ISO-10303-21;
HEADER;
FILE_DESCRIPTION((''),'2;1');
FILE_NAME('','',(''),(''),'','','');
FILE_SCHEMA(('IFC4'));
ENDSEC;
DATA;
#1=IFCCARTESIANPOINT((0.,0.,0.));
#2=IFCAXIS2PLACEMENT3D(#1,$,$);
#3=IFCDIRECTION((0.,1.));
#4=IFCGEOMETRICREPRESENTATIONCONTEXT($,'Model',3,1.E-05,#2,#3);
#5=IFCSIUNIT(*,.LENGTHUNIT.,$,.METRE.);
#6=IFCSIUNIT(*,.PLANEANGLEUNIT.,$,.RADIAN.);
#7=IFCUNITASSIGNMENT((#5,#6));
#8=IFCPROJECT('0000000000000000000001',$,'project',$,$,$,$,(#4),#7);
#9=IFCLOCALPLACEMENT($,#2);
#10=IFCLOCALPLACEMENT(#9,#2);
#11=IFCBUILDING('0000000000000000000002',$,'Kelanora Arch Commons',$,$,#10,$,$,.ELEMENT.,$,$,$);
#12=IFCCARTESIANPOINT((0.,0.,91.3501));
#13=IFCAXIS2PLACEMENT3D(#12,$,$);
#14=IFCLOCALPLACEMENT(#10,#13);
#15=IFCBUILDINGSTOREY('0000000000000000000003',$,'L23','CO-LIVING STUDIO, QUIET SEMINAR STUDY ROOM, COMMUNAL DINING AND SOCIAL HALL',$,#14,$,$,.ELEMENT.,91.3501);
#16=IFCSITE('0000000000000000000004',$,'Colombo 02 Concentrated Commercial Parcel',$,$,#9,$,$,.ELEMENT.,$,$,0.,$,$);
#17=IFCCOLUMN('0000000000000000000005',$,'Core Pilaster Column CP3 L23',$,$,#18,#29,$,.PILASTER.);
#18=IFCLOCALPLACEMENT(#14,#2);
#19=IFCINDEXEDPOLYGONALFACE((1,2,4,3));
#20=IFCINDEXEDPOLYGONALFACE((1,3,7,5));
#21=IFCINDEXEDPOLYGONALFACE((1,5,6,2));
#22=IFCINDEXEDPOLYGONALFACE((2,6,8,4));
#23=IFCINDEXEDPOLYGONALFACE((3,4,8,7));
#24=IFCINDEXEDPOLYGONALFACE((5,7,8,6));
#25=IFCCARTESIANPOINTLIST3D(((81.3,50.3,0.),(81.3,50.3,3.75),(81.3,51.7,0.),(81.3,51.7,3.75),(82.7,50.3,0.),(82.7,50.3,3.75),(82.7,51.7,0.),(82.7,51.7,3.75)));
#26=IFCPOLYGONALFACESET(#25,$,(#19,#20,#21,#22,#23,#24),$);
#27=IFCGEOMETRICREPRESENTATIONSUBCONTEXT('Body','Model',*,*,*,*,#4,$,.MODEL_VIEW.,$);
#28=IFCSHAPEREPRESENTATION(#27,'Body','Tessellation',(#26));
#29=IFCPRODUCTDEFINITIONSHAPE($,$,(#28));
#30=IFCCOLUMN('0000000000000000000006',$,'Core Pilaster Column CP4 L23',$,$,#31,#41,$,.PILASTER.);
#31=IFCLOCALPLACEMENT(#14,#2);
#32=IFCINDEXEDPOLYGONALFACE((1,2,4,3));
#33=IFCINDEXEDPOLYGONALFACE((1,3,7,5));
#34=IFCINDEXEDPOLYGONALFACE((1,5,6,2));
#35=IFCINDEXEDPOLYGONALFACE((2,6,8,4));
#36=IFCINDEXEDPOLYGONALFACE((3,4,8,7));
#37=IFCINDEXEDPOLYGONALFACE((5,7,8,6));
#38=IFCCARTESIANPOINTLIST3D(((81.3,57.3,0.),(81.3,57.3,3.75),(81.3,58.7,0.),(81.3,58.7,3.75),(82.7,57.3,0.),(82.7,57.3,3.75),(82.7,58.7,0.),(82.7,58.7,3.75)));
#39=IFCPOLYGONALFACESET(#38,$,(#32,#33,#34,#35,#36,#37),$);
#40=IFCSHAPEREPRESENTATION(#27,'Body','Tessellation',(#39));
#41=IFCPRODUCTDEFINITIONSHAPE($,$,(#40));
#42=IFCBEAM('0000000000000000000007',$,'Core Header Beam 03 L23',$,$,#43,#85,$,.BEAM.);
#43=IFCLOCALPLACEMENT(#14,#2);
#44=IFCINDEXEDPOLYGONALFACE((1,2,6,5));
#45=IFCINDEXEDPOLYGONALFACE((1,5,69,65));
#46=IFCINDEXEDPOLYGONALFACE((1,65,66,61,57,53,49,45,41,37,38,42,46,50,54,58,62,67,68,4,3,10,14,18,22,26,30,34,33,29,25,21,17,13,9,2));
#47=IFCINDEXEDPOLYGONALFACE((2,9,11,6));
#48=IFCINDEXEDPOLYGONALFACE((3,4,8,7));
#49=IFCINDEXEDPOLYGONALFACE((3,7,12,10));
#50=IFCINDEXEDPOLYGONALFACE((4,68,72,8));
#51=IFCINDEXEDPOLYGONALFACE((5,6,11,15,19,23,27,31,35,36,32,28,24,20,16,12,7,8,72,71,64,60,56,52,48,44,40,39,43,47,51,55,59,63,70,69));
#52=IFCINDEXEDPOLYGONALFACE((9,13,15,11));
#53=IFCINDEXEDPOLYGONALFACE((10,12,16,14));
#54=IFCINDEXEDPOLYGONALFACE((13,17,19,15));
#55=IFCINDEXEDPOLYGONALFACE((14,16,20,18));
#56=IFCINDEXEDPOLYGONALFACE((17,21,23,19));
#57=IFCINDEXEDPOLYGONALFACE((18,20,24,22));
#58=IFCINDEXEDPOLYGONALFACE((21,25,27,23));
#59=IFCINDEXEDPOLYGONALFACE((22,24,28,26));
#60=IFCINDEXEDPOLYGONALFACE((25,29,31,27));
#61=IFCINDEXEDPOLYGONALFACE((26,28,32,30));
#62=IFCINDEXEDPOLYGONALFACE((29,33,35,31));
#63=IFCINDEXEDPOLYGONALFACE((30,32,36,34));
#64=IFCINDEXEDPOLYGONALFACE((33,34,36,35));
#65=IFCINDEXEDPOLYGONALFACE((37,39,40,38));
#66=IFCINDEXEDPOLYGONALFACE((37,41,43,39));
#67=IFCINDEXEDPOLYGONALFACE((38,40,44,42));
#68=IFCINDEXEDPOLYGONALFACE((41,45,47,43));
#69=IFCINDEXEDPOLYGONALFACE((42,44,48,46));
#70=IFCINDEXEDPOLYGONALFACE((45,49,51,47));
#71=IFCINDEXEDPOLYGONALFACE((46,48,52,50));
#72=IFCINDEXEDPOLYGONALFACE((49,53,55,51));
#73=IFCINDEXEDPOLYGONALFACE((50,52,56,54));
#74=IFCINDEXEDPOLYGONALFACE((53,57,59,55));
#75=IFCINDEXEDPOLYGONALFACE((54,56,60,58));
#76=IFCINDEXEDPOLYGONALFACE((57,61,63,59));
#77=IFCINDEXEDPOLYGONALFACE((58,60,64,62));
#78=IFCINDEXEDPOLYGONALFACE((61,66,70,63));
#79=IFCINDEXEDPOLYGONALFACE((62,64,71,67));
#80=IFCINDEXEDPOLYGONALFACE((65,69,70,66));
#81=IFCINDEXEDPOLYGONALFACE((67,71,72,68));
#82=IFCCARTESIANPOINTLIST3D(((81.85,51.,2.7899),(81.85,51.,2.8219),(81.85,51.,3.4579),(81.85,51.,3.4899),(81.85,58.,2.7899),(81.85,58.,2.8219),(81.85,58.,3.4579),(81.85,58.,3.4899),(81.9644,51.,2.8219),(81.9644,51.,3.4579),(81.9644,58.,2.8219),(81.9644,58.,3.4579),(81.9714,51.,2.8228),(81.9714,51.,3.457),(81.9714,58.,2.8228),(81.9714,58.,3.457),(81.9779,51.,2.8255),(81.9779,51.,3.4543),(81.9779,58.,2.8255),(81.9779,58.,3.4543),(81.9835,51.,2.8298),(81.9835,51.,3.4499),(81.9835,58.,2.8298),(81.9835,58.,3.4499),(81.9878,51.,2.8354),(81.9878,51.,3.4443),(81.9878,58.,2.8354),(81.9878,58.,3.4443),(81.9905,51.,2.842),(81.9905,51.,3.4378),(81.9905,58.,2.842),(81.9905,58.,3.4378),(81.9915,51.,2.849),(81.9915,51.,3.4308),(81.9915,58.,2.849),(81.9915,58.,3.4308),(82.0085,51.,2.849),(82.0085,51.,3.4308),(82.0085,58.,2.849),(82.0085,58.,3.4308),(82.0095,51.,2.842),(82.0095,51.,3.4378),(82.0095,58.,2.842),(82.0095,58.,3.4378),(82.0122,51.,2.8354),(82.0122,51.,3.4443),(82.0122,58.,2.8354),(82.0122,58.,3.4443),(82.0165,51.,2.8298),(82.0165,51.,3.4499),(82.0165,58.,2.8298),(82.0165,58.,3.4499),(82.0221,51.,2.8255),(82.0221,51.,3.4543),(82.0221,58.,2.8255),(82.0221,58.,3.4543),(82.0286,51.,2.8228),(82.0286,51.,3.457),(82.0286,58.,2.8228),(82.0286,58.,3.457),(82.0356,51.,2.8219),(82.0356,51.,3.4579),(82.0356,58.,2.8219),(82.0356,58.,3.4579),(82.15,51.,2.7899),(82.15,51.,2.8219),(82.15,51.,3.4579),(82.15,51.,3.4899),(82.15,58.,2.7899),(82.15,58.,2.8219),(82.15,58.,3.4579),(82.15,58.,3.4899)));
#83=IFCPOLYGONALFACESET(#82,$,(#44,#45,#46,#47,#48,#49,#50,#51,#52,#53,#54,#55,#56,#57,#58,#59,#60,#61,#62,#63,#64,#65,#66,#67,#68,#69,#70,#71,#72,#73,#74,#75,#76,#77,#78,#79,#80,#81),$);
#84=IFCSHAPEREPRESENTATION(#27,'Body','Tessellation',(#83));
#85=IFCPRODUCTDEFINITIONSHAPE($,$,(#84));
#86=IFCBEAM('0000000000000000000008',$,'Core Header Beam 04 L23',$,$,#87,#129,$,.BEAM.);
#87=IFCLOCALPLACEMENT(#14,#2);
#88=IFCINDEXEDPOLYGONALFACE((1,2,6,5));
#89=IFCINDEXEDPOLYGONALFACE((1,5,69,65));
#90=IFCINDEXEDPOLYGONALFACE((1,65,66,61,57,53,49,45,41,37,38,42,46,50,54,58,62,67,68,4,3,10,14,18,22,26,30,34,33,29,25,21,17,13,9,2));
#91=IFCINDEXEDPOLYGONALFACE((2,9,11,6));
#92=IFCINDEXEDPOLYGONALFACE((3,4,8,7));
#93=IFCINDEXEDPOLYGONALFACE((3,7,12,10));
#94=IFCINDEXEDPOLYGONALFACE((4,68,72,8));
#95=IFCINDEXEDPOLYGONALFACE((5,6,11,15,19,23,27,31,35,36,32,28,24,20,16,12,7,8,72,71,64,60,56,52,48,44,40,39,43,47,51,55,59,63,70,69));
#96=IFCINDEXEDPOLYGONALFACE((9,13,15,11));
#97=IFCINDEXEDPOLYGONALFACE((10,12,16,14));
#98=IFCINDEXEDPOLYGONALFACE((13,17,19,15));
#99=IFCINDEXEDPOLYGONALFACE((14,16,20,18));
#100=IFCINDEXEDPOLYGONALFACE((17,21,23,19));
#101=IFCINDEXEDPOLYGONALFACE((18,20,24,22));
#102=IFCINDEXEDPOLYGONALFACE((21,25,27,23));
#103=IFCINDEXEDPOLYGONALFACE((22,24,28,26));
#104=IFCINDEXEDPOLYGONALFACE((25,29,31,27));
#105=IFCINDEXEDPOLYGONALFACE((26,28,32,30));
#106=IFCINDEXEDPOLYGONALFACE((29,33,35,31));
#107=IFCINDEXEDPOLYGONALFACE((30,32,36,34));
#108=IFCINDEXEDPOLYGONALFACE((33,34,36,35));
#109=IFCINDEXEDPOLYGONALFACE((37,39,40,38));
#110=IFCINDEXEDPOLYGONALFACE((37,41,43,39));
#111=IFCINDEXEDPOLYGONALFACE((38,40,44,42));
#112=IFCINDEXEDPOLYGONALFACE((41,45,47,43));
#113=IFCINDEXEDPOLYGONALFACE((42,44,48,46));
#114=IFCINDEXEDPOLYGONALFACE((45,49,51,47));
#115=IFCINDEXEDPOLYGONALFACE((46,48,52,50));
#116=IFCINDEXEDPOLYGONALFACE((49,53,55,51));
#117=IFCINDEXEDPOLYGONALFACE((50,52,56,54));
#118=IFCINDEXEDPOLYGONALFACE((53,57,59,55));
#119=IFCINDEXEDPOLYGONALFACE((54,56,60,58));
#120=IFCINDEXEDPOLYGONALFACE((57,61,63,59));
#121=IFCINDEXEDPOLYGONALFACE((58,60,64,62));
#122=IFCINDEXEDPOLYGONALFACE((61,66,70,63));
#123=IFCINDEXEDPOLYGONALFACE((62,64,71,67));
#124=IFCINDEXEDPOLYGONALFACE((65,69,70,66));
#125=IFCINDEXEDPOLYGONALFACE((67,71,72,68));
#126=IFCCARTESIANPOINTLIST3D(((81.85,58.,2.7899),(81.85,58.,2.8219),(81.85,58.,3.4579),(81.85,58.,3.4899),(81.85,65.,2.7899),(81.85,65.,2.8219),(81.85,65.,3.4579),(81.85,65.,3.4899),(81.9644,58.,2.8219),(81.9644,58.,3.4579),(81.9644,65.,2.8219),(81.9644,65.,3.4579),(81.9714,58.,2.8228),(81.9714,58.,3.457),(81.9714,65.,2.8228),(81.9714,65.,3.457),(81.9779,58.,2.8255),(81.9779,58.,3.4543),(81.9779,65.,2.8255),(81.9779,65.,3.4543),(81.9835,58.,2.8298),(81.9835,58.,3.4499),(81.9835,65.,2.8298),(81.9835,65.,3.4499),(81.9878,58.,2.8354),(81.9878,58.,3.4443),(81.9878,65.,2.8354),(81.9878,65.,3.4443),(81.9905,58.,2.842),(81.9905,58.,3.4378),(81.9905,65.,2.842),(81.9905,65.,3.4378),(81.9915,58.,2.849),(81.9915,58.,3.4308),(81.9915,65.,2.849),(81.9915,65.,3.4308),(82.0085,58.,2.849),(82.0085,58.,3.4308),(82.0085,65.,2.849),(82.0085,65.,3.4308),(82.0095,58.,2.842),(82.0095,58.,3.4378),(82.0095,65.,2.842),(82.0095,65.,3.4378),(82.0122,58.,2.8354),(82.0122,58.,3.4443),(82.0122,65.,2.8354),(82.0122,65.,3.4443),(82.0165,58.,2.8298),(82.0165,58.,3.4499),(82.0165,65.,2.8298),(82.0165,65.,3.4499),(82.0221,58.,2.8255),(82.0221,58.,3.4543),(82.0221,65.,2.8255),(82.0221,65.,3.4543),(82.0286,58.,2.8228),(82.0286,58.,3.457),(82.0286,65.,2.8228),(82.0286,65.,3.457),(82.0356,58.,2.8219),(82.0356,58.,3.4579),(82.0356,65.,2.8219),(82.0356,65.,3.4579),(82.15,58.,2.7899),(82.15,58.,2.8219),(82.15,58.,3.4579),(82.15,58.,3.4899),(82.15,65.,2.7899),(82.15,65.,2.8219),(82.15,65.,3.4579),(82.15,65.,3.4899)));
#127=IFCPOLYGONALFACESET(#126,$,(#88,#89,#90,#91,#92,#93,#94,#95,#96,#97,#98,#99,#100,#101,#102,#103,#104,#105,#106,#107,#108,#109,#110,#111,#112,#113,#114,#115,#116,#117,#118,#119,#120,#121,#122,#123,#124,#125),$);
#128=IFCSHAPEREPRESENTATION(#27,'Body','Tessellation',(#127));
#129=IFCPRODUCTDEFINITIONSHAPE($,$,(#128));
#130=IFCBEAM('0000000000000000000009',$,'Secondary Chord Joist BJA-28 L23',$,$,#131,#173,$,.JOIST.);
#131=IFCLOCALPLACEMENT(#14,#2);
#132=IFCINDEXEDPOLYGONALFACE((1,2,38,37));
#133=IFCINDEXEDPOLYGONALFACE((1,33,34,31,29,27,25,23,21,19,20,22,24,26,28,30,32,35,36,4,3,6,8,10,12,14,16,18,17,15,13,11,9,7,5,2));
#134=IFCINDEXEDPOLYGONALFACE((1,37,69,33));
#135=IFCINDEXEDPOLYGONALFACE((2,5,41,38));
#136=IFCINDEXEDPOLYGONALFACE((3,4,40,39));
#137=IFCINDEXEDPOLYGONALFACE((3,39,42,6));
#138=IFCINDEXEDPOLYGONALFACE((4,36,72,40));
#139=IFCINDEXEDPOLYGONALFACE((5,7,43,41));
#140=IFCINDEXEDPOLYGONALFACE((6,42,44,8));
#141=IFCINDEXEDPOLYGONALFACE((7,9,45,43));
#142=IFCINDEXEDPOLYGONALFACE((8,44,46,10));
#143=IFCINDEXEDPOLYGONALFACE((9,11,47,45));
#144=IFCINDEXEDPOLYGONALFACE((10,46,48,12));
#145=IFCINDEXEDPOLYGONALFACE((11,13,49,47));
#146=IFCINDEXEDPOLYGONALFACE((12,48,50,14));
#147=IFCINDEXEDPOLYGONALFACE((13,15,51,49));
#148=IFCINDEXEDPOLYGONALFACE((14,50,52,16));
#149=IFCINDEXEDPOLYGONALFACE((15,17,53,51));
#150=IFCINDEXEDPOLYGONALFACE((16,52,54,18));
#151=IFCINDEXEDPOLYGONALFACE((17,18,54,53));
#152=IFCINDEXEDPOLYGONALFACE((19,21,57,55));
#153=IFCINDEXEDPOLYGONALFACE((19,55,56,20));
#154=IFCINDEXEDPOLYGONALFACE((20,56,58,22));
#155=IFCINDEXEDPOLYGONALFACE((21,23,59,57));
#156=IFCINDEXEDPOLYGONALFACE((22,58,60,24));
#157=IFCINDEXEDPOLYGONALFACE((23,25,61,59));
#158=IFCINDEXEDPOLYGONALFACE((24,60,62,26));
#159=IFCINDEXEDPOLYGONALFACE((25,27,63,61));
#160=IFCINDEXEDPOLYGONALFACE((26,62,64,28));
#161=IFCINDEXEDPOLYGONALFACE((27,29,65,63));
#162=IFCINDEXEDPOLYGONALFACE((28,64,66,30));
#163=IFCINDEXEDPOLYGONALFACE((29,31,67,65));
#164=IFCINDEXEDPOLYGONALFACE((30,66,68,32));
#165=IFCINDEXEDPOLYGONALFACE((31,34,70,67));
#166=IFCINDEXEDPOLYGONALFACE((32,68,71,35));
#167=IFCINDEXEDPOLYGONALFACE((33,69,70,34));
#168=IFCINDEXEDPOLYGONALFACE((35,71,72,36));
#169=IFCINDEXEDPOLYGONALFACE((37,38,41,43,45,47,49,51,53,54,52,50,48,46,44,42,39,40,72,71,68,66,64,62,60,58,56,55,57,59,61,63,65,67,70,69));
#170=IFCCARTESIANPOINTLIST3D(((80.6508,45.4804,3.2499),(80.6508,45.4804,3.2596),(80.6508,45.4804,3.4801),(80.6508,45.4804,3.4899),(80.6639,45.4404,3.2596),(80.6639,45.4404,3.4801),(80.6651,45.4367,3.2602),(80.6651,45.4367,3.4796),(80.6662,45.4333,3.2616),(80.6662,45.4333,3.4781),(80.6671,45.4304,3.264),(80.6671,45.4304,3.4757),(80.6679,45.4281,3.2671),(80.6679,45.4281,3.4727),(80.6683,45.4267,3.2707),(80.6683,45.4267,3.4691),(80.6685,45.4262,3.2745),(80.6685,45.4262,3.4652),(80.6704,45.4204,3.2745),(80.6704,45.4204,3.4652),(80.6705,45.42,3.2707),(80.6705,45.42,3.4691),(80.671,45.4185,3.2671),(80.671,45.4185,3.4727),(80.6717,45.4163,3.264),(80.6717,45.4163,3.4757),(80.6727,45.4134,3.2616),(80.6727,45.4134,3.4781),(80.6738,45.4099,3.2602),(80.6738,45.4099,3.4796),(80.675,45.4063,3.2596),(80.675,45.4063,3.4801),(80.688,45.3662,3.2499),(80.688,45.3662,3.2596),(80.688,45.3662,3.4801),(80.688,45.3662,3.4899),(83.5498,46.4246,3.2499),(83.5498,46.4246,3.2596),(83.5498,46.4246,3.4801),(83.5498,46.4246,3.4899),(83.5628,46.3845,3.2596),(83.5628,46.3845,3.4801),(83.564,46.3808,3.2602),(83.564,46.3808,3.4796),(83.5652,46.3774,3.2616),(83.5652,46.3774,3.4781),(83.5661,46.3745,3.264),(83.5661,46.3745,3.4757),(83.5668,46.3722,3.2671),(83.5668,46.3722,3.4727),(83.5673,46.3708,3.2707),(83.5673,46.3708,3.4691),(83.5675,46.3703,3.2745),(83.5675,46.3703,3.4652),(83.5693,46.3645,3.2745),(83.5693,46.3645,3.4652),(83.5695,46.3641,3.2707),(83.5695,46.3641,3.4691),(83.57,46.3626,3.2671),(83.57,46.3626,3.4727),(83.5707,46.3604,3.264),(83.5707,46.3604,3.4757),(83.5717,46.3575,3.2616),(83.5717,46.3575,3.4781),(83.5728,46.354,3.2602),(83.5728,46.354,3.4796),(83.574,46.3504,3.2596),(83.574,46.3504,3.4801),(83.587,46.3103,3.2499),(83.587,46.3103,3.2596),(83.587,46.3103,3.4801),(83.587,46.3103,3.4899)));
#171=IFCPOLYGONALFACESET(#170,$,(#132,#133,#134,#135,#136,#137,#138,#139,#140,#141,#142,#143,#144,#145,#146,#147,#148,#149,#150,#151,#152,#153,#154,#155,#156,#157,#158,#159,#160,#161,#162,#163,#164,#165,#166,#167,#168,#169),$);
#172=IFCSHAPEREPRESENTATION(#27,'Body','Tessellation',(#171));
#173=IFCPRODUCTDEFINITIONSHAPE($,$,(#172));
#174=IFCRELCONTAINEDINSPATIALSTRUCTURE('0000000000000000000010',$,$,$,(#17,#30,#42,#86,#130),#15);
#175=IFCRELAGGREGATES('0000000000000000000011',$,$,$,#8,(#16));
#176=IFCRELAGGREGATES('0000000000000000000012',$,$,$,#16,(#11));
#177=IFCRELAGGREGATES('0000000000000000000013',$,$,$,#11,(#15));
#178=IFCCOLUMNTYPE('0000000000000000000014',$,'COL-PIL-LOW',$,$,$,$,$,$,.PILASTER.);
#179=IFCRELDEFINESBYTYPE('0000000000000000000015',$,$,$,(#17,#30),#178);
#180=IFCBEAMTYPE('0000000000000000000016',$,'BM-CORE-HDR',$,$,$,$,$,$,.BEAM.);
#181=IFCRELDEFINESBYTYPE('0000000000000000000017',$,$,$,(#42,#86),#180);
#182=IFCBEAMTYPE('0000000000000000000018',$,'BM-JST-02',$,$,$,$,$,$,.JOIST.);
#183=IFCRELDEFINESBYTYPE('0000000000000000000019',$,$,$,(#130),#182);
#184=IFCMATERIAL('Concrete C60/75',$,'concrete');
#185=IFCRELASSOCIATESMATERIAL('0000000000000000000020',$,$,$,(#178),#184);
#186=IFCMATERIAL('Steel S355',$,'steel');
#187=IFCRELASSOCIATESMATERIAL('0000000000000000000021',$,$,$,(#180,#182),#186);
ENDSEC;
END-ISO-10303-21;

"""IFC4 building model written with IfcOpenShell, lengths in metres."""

from ifc_helpers import new_model, si_unit, direction, frame, origin, origin_2d, place, context, subcontext, project, spatial, rectangle, i_section, extrude, material, material_profile, profile_set, type_object, element, save


model = new_model("IFC4")

# Units and contexts
model_context = context("Model", 3, precision=1e-05, world=origin(), true_north=direction((0.0, 1.0)))
body_context = subcontext(model_context, "Body", "Model", "MODEL_VIEW")
ifc_project = project(units=[si_unit("LENGTHUNIT", "METRE"), si_unit("PLANEANGLEUNIT", "RADIAN")], contexts=[model_context])

# Site, building, storey
site_placement = place(None, origin())
site = spatial("IfcSite", under=ifc_project, at=site_placement, Name="Colombo 02 Concentrated Commercial Parcel", CompositionType="ELEMENT", RefElevation=0.0)
building_placement = place(site_placement, origin())
building = spatial("IfcBuilding", under=site, at=building_placement, Name="Kelanora Arch Commons", CompositionType="ELEMENT")
storey_placement = place(building_placement, frame((0.0, 0.0, 91.3501)))
storey = spatial("IfcBuildingStorey", under=building, at=storey_placement, Name="L23", Description="CO-LIVING STUDIO, QUIET SEMINAR STUDY ROOM, COMMUNAL DINING AND SOCIAL HALL", CompositionType="ELEMENT", Elevation=91.3501)

# Columns
ifc_material_1 = material(Name="Concrete C60/75", Category="concrete")
ifc_material_profile_1 = material_profile(ifc_material_1, rectangle(XDim=1.3999, YDim=1.3999, at=origin_2d()), Name="RC1400x1400")
ifc_profile_set_1 = profile_set([ifc_material_profile_1], Name="Concrete C60/75")
column_type = type_object("IfcColumnType", Name="COL-PIL-LOW", PredefinedType="PILASTER", material=ifc_profile_set_1)
for number, where, z_axis, x_axis, name in (
    (1, (82.0, 51.0, 0.0), (0.0, 0.0, 1.0), (1.0, 0.0, 0.0), "Core Pilaster Column CP3 L23"),
    (2, (82.0, 58.0, 0.0), (0.0, 0.0, 1.0), (1.0, 0.0, 0.0), "Core Pilaster Column CP4 L23"),
):
    element("IfcColumn", number, at=place(storey_placement, frame(where, z_axis=z_axis, x_axis=x_axis)), inside=storey, type_object=column_type, Name=name, PredefinedType="PILASTER", context=body_context, shape_type="SweptSolid", body=[
        extrude(rectangle(XDim=1.3999, YDim=1.3999, at=origin_2d()), origin(), (0.0, 0.0, 1.0), 3.75),
    ])

# Beams
ifc_material_2 = material(Name="Steel S355", Category="steel")
ifc_material_profile_2 = material_profile(ifc_material_2, i_section(OverallWidth=0.3, OverallDepth=0.7, WebThickness=0.0171, FlangeThickness=0.032, FilletRadius=0.0271, at=origin_2d()), Name="HEB700")
ifc_profile_set_2 = profile_set([ifc_material_profile_2], Name="Steel S355")
beam_type_1 = type_object("IfcBeamType", Name="BM-CORE-HDR", PredefinedType="BEAM", material=ifc_profile_set_2)
for number, where, z_axis, x_axis, name in (
    (3, (82.0, 51.0, 3.1399), (0.0, 1.0, 0.0), (-1.0, 0.0, 0.0), "Core Header Beam 03 L23"),
    (4, (82.0, 58.0, 3.1399), (0.0, 1.0, 0.0), (-1.0, 0.0, 0.0), "Core Header Beam 04 L23"),
):
    element("IfcBeam", number, at=place(storey_placement, frame(where, z_axis=z_axis, x_axis=x_axis)), inside=storey, type_object=beam_type_1, Name=name, PredefinedType="BEAM", context=body_context, shape_type="SweptSolid", body=[
        extrude(i_section(OverallWidth=0.3, OverallDepth=0.7, WebThickness=0.0171, FlangeThickness=0.032, FilletRadius=0.0271, at=origin_2d()), origin(), (0.0, 0.0, 1.0), 7.0),
    ])
ifc_material_profile_3 = material_profile(ifc_material_2, i_section(OverallWidth=0.1201, OverallDepth=0.24, WebThickness=0.0061, FlangeThickness=0.0098, FilletRadius=0.0149, at=origin_2d()), Name="IPE240")
ifc_profile_set_3 = profile_set([ifc_material_profile_3], Name="Steel S355")
beam_type_2 = type_object("IfcBeamType", Name="BM-JST-02", PredefinedType="JOIST", material=ifc_profile_set_3)
beam_1_placement = place(storey_placement, frame((80.6694, 45.4233, 3.3699), z_axis=(0.950847, 0.309662, 0.0), x_axis=(-0.309662, 0.950847, 0.0)))
element("IfcBeam", 5, at=beam_1_placement, inside=storey, type_object=beam_type_2, Name="Secondary Chord Joist BJA-28 L23", PredefinedType="JOIST", context=body_context, shape_type="SweptSolid", body=[
    extrude(i_section(OverallWidth=0.1201, OverallDepth=0.24, WebThickness=0.0061, FlangeThickness=0.0098, FilletRadius=0.0149, at=origin_2d()), origin(), (0.0, 0.0, 1.0), 3.0488),
])

save(model, "model.ifc")
